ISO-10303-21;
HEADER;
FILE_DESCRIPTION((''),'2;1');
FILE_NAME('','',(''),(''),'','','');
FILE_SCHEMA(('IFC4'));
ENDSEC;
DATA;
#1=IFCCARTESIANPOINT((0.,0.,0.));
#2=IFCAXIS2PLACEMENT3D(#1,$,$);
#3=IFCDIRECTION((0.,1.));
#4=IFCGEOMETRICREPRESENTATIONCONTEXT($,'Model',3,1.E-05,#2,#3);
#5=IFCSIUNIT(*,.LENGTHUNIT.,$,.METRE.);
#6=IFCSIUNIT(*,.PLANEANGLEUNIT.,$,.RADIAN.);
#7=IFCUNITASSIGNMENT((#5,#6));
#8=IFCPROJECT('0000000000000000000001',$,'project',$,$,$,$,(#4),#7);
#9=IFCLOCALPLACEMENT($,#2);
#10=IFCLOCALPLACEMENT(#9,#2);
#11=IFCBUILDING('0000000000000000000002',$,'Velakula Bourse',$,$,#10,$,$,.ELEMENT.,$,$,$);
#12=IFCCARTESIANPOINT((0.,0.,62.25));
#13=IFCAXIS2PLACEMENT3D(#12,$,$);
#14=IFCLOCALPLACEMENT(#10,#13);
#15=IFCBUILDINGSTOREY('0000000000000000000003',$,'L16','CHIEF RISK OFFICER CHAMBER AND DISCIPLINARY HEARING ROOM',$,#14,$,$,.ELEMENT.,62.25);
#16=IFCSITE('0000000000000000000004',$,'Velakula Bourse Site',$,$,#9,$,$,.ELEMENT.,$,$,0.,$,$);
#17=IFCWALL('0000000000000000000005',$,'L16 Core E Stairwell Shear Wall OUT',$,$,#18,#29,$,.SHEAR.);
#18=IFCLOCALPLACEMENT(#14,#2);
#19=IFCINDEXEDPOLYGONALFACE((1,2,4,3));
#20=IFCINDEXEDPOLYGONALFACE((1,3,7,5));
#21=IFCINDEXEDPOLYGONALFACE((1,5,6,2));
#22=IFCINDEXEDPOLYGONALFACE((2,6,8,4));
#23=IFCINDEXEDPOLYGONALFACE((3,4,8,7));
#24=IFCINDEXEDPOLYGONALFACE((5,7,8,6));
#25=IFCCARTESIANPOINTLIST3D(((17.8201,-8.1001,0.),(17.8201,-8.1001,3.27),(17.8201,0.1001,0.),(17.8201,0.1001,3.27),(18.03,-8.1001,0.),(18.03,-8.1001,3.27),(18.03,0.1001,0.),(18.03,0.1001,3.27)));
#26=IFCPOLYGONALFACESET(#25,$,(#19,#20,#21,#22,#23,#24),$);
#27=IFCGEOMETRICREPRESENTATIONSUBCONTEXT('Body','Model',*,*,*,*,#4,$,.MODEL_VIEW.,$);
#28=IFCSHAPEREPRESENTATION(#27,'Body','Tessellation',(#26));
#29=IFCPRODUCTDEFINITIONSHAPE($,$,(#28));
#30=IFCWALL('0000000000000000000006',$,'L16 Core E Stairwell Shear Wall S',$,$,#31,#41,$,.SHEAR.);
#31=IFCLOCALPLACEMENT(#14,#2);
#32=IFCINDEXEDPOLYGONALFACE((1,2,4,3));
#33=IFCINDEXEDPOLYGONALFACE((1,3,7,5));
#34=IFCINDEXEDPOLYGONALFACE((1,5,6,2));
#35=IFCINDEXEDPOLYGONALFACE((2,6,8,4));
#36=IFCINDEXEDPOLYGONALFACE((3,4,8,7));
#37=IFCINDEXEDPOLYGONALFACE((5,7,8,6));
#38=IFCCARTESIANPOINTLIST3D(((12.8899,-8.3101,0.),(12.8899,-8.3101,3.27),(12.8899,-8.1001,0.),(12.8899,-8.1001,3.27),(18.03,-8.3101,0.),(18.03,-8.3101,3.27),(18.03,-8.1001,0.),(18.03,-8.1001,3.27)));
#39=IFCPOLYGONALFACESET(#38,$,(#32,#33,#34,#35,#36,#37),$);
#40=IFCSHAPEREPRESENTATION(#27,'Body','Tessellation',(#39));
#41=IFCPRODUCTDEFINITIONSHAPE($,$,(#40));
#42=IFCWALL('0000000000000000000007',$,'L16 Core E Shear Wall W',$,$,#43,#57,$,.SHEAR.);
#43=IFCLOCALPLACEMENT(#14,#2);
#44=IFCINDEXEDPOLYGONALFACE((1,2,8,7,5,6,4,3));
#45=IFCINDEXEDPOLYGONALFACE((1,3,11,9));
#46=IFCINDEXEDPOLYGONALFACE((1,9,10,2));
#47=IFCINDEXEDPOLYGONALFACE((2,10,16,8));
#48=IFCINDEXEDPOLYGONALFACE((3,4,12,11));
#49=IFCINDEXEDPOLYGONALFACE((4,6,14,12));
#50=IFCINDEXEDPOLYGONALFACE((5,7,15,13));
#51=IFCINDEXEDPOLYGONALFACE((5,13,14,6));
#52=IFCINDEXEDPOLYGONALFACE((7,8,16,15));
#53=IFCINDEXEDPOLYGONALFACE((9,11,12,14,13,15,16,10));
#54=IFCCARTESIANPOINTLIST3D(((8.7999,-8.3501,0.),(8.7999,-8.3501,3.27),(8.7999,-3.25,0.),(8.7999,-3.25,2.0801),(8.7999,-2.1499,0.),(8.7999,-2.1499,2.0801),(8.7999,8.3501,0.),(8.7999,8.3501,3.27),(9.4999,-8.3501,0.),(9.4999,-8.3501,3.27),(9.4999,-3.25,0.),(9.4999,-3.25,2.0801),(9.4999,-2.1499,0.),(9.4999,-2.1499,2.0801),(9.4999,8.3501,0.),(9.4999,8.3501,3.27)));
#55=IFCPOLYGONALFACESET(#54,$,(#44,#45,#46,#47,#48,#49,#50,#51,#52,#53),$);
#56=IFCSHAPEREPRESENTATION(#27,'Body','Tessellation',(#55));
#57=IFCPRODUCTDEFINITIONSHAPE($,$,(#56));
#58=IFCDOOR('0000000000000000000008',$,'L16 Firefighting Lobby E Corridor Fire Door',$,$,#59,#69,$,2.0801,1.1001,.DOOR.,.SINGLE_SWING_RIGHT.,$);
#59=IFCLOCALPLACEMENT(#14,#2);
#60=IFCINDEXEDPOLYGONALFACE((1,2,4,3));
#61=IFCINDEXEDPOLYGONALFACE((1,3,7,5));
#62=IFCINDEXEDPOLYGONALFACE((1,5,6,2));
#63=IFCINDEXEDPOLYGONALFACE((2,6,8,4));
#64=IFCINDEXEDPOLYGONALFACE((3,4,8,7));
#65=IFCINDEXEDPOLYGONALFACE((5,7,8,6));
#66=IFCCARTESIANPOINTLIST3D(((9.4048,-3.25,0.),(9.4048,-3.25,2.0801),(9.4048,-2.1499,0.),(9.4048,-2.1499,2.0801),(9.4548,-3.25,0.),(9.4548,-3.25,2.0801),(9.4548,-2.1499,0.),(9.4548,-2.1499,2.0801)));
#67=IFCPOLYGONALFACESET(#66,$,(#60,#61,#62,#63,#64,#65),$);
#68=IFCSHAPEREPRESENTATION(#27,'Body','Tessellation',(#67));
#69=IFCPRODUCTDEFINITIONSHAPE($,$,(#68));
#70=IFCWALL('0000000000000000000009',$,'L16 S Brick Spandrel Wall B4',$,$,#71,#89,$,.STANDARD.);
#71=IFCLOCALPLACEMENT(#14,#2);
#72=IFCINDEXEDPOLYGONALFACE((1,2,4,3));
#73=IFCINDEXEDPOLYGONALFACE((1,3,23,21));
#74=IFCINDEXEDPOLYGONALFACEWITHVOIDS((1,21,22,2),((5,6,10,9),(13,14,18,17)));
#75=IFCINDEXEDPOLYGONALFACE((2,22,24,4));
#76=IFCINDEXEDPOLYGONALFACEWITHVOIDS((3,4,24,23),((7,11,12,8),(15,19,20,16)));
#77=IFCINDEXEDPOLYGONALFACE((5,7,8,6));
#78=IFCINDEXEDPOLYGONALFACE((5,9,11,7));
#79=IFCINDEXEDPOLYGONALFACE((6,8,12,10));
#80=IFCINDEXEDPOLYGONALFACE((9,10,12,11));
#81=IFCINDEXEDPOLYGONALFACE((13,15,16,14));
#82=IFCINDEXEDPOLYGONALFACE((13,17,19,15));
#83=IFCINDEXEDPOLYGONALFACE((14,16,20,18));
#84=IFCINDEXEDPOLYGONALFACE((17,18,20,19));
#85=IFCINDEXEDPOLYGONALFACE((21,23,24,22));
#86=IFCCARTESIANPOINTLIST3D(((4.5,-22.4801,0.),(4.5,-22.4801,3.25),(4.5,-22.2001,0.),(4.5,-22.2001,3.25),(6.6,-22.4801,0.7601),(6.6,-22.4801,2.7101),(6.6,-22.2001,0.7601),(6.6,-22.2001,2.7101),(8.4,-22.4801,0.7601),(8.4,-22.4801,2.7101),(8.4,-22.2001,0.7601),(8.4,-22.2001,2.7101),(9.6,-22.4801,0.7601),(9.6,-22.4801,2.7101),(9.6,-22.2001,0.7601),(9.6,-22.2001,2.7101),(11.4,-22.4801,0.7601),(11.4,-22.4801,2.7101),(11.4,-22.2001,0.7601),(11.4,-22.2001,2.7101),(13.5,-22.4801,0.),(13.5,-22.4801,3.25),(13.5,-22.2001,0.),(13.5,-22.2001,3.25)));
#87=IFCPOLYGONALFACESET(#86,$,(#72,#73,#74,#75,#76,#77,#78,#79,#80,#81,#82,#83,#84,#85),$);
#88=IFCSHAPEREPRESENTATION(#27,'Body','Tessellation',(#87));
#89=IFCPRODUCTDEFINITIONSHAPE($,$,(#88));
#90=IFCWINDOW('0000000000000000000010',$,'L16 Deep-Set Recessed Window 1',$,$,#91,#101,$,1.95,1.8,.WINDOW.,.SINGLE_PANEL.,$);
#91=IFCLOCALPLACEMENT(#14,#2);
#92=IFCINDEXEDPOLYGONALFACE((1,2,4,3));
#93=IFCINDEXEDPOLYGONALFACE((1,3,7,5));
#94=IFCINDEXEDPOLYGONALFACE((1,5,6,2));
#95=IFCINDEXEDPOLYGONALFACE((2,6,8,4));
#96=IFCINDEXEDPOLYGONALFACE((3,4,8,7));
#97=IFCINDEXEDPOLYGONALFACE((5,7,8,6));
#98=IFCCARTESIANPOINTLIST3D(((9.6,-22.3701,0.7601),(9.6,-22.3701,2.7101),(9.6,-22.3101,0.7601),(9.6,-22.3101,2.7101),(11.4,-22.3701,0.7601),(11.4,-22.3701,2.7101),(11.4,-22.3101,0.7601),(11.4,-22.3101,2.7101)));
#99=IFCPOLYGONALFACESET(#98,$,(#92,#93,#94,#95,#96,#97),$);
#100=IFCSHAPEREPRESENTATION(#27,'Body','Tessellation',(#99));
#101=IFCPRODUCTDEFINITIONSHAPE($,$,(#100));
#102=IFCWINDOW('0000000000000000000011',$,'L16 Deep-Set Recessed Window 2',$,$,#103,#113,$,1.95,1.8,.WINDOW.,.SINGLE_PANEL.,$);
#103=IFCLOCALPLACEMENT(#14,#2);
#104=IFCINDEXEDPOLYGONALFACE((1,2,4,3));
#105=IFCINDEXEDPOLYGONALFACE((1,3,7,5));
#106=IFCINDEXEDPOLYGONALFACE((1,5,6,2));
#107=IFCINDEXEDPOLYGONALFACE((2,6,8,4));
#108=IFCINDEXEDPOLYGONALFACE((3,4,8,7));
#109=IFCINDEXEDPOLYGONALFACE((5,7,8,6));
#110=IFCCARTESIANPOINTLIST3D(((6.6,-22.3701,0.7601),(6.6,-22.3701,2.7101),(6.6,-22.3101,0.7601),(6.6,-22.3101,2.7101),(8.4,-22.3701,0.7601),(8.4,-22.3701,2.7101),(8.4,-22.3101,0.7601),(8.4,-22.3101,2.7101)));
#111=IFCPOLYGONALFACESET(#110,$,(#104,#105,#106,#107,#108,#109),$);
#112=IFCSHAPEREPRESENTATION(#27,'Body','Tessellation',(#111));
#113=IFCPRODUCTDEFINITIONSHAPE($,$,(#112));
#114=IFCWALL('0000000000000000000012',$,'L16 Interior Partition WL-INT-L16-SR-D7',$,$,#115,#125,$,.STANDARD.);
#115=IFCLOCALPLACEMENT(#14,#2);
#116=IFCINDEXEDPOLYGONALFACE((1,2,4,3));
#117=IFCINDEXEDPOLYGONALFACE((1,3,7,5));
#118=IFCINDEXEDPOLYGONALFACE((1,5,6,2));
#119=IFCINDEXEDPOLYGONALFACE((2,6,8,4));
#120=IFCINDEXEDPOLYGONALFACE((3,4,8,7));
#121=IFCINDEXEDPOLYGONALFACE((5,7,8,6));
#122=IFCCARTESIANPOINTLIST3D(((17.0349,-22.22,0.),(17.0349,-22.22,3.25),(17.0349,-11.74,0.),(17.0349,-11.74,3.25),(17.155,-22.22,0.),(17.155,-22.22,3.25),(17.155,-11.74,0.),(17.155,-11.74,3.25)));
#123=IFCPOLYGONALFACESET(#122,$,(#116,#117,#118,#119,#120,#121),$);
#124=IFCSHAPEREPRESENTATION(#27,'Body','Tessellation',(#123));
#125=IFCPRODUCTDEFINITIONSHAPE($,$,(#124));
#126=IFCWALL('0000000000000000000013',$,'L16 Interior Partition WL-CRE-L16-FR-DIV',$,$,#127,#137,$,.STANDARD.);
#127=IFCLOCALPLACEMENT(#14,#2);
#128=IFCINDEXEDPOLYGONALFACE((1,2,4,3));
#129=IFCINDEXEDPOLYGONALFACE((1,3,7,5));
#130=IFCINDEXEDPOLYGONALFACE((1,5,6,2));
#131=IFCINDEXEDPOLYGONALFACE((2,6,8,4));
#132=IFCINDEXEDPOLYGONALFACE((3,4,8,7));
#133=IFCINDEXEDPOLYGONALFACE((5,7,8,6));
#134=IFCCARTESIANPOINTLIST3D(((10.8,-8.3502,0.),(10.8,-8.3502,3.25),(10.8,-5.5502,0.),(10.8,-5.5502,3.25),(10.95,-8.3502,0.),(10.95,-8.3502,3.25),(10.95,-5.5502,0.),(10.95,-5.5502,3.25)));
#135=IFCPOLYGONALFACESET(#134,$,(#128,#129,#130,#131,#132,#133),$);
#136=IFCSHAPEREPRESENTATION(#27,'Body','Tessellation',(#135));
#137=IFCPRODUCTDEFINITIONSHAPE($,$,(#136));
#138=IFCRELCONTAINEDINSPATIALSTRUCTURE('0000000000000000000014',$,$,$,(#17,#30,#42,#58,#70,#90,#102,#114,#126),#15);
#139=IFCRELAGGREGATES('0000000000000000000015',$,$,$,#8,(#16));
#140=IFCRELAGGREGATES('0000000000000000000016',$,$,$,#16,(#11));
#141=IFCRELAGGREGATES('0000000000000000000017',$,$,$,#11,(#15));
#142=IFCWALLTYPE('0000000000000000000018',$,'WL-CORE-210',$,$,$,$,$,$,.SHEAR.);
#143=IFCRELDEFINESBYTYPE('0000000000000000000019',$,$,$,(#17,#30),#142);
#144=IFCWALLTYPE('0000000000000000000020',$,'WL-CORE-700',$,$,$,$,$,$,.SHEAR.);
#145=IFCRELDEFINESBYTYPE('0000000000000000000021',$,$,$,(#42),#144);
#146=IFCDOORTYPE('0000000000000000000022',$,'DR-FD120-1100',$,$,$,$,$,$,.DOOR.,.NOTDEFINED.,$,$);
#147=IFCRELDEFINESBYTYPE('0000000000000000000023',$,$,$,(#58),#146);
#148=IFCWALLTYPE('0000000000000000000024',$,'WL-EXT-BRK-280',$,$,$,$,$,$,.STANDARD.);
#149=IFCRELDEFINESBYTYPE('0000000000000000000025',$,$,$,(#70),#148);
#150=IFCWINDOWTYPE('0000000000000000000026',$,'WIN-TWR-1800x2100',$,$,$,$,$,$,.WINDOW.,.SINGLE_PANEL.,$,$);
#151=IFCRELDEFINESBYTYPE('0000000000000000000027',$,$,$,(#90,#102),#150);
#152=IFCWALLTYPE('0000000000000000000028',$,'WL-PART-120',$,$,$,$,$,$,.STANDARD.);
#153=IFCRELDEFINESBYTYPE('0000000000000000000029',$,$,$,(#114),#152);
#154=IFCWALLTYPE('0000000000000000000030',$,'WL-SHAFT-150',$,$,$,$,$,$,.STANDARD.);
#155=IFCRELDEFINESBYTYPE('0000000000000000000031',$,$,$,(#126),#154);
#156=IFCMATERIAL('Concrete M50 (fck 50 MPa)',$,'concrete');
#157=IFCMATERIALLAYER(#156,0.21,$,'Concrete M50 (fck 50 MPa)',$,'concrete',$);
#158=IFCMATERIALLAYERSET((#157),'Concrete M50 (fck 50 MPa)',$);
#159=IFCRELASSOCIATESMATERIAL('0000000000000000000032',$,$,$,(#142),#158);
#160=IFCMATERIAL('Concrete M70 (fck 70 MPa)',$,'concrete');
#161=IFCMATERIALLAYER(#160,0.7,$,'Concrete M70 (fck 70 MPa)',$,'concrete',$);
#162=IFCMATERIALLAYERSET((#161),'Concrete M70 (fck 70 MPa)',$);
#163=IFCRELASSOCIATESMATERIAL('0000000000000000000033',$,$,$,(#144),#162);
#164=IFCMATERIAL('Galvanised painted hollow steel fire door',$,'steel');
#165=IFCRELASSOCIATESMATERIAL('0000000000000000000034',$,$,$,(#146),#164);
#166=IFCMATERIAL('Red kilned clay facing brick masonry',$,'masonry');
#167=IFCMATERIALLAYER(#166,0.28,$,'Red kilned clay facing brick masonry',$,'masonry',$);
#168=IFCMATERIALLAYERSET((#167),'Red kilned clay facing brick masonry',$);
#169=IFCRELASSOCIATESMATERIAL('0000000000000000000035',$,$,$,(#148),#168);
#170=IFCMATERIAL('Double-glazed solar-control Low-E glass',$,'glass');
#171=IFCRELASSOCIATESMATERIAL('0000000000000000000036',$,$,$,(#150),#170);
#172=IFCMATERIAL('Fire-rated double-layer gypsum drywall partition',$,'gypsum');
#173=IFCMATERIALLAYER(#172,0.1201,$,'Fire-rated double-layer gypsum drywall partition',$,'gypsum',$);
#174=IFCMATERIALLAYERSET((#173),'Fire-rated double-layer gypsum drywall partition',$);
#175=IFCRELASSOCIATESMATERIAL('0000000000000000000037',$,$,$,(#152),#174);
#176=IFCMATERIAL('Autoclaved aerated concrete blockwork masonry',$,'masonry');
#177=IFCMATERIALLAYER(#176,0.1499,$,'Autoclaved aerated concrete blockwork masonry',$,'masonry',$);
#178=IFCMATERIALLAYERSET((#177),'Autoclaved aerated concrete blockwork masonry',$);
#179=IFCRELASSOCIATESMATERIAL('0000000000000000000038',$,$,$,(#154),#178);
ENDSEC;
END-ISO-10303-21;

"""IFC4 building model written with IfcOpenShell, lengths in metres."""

from ifc_helpers import new_model, si_unit, direction, frame, frame_2d, origin, place, context, subcontext, project, spatial, rectangle, extrude, material, layer, layer_set, type_object, element, fill, save


model = new_model("IFC4")

# Units and contexts
model_context = context("Model", 3, precision=1e-05, world=origin(), true_north=direction((0.0, 1.0)))
body_context = subcontext(model_context, "Body", "Model", "MODEL_VIEW")
ifc_project = project(units=[si_unit("LENGTHUNIT", "METRE"), si_unit("PLANEANGLEUNIT", "RADIAN")], contexts=[model_context])

# Site, building, storey
site_placement = place(None, origin())
site = spatial("IfcSite", under=ifc_project, at=site_placement, Name="Velakula Bourse Site", CompositionType="ELEMENT", RefElevation=0.0)
building_placement = place(site_placement, origin())
building = spatial("IfcBuilding", under=site, at=building_placement, Name="Velakula Bourse", CompositionType="ELEMENT")
storey_placement = place(building_placement, frame((0.0, 0.0, 62.25)))
storey = spatial("IfcBuildingStorey", under=building, at=storey_placement, Name="L16", Description="CHIEF RISK OFFICER CHAMBER AND DISCIPLINARY HEARING ROOM", CompositionType="ELEMENT", Elevation=62.25)

# Shared definitions
ifc_material_1 = material(Name="Concrete M50 (fck 50 MPa)", Category="concrete")
ifc_layer_1 = layer(ifc_material_1, 0.21, Name="Concrete M50 (fck 50 MPa)", Category="concrete")
ifc_layer_set_1 = layer_set([ifc_layer_1], Name="Concrete M50 (fck 50 MPa)")
wall_type_1 = type_object("IfcWallType", Name="WL-CORE-210", PredefinedType="SHEAR", material=ifc_layer_set_1)
ifc_material_2 = material(Name="Galvanised painted hollow steel fire door", Category="steel")

# Walls
wall_1_placement = place(storey_placement, frame((17.925, -8.1001, 0.0), z_axis=(0.0, 0.0, 1.0), x_axis=(0.0, 1.0, 0.0)))
element("IfcWall", 1, at=wall_1_placement, inside=storey, type_object=wall_type_1, Name="L16 Core E Stairwell Shear Wall OUT", PredefinedType="SHEAR", context=body_context, shape_type="SweptSolid", body=[
    extrude(rectangle(XDim=8.2002, YDim=0.21, at=frame_2d((4.1001, 0.0))), origin(), (0.0, 0.0, 1.0), 3.27),
])
wall_2_placement = place(storey_placement, frame((12.8899, -8.2051, 0.0), z_axis=(0.0, 0.0, 1.0), x_axis=(1.0, 0.0, 0.0)))
element("IfcWall", 2, at=wall_2_placement, inside=storey, type_object=wall_type_1, Name="L16 Core E Stairwell Shear Wall S", PredefinedType="SHEAR", context=body_context, shape_type="SweptSolid", body=[
    extrude(rectangle(XDim=5.1401, YDim=0.21, at=frame_2d((2.5701, 0.0))), origin(), (0.0, 0.0, 1.0), 3.27),
])

# Wall, opening, door
ifc_material_3 = material(Name="Concrete M70 (fck 70 MPa)", Category="concrete")
ifc_layer_2 = layer(ifc_material_3, 0.7, Name="Concrete M70 (fck 70 MPa)", Category="concrete")
ifc_layer_set_2 = layer_set([ifc_layer_2], Name="Concrete M70 (fck 70 MPa)")
wall_type_2 = type_object("IfcWallType", Name="WL-CORE-700", PredefinedType="SHEAR", material=ifc_layer_set_2)
wall_3_placement = place(storey_placement, frame((9.1499, -8.3501, 0.0), z_axis=(0.0, 0.0, 1.0), x_axis=(0.0, 1.0, 0.0)))
wall_3 = element("IfcWall", 3, at=wall_3_placement, inside=storey, type_object=wall_type_2, Name="L16 Core E Shear Wall W", PredefinedType="SHEAR", context=body_context, shape_type="SweptSolid", body=[
    extrude(rectangle(XDim=16.7002, YDim=0.7, at=frame_2d((8.3501, 0.0))), origin(), (0.0, 0.0, 1.0), 3.27),
])
opening_1_placement = place(wall_3_placement, frame((5.1001, 0.0, 0.0)))
opening_1 = element("IfcOpeningElement", 4, at=opening_1_placement, cuts=wall_3, PredefinedType="OPENING", context=body_context, shape_type="SweptSolid", body=[
    extrude(rectangle(XDim=1.1001, YDim=2.0801, at=frame_2d((0.55, 1.04))), frame((0.0, 0.3599, 0.0), z_axis=(0.0, -1.0, 0.0), x_axis=(1.0, 0.0, 0.0)), (0.0, 0.0, 1.0), 0.72),
])
door_type_1 = type_object("IfcDoorType", Name="DR-FD120-1100", OperationType="NOTDEFINED", PredefinedType="DOOR", material=ifc_material_2)
door_1_placement = place(opening_1_placement, origin())
door_1 = element("IfcDoor", 5, at=door_1_placement, inside=storey, type_object=door_type_1, Name="L16 Firefighting Lobby E Corridor Fire Door", OperationType="SINGLE_SWING_RIGHT", OverallHeight=2.0801, OverallWidth=1.1001, PredefinedType="DOOR", context=body_context, shape_type="SweptSolid", body=[
    extrude(rectangle(XDim=1.1001, YDim=2.0801, at=frame_2d((0.55, 1.04))), frame((0.0, -0.2549, 0.0), z_axis=(0.0, -1.0, 0.0), x_axis=(1.0, 0.0, 0.0)), (0.0, 0.0, 1.0), 0.05),
])
fill(opening_1, door_1)

# Wall, openings, windows
ifc_material_4 = material(Name="Red kilned clay facing brick masonry", Category="masonry")
ifc_layer_3 = layer(ifc_material_4, 0.28, Name="Red kilned clay facing brick masonry", Category="masonry")
ifc_layer_set_3 = layer_set([ifc_layer_3], Name="Red kilned clay facing brick masonry")
wall_type_3 = type_object("IfcWallType", Name="WL-EXT-BRK-280", PredefinedType="STANDARD", material=ifc_layer_set_3)
wall_4_placement = place(storey_placement, frame((13.5, -22.3401, 0.0), z_axis=(0.0, 0.0, 1.0), x_axis=(-1.0, 0.0, 0.0)))
wall_4 = element("IfcWall", 6, at=wall_4_placement, inside=storey, type_object=wall_type_3, Name="L16 S Brick Spandrel Wall B4", PredefinedType="STANDARD", context=body_context, shape_type="SweptSolid", body=[
    extrude(rectangle(XDim=9.0, YDim=0.28, at=frame_2d((4.5, 0.0))), origin(), (0.0, 0.0, 1.0), 3.25),
])
opening_2_placement = place(wall_4_placement, frame((2.1001, 0.0, 0.76)))
opening_2 = element("IfcOpeningElement", 7, at=opening_2_placement, cuts=wall_4, PredefinedType="OPENING", context=body_context, shape_type="SweptSolid", body=[
    extrude(rectangle(XDim=1.8, YDim=1.95, at=frame_2d((0.8999, 0.9751))), frame((0.0, 0.1499, 0.0), z_axis=(0.0, -1.0, 0.0), x_axis=(1.0, 0.0, 0.0)), (0.0, 0.0, 1.0), 0.3),
])
opening_3_placement = place(wall_4_placement, frame((5.1001, 0.0, 0.76)))
opening_3 = element("IfcOpeningElement", 8, at=opening_3_placement, cuts=wall_4, PredefinedType="OPENING", context=body_context, shape_type="SweptSolid", body=[
    extrude(rectangle(XDim=1.8, YDim=1.95, at=frame_2d((0.8999, 0.9751))), frame((0.0, 0.1499, 0.0), z_axis=(0.0, -1.0, 0.0), x_axis=(1.0, 0.0, 0.0)), (0.0, 0.0, 1.0), 0.3),
])
ifc_material_5 = material(Name="Double-glazed solar-control Low-E glass", Category="glass")
window_type = type_object("IfcWindowType", Name="WIN-TWR-1800x2100", PartitioningType="SINGLE_PANEL", PredefinedType="WINDOW", material=ifc_material_5)
window_1_placement = place(opening_2_placement, origin())
window_1 = element("IfcWindow", 9, at=window_1_placement, inside=storey, type_object=window_type, Name="L16 Deep-Set Recessed Window 1", OverallHeight=1.95, OverallWidth=1.8, PartitioningType="SINGLE_PANEL", PredefinedType="WINDOW", context=body_context, shape_type="SweptSolid", body=[
    extrude(rectangle(XDim=1.8, YDim=1.95, at=frame_2d((0.8999, 0.9751))), frame((0.0, 0.03, 0.0), z_axis=(0.0, -1.0, 0.0), x_axis=(1.0, 0.0, 0.0)), (0.0, 0.0, 1.0), 0.0601),
])
fill(opening_2, window_1)
window_2_placement = place(opening_3_placement, origin())
window_2 = element("IfcWindow", 10, at=window_2_placement, inside=storey, type_object=window_type, Name="L16 Deep-Set Recessed Window 2", OverallHeight=1.95, OverallWidth=1.8, PartitioningType="SINGLE_PANEL", PredefinedType="WINDOW", context=body_context, shape_type="SweptSolid", body=[
    extrude(rectangle(XDim=1.8, YDim=1.95, at=frame_2d((0.8999, 0.9751))), frame((0.0, 0.03, 0.0), z_axis=(0.0, -1.0, 0.0), x_axis=(1.0, 0.0, 0.0)), (0.0, 0.0, 1.0), 0.0601),
])
fill(opening_3, window_2)

# Wall
ifc_material_6 = material(Name="Fire-rated double-layer gypsum drywall partition", Category="gypsum")
ifc_layer_4 = layer(ifc_material_6, 0.1201, Name="Fire-rated double-layer gypsum drywall partition", Category="gypsum")
ifc_layer_set_4 = layer_set([ifc_layer_4], Name="Fire-rated double-layer gypsum drywall partition")
wall_type_4 = type_object("IfcWallType", Name="WL-PART-120", PredefinedType="STANDARD", material=ifc_layer_set_4)
wall_5_placement = place(storey_placement, frame((17.095, -22.22, 0.0), z_axis=(0.0, 0.0, 1.0), x_axis=(0.0, 1.0, 0.0)))
element("IfcWall", 11, at=wall_5_placement, inside=storey, type_object=wall_type_4, Name="L16 Interior Partition WL-INT-L16-SR-D7", PredefinedType="STANDARD", context=body_context, shape_type="SweptSolid", body=[
    extrude(rectangle(XDim=10.48, YDim=0.1201, at=frame_2d((5.24, 0.0))), origin(), (0.0, 0.0, 1.0), 3.25),
])

# Shared definitions
ifc_material_7 = material(Name="Autoclaved aerated concrete blockwork masonry", Category="masonry")
ifc_layer_5 = layer(ifc_material_7, 0.1499, Name="Autoclaved aerated concrete blockwork masonry", Category="masonry")
ifc_layer_set_5 = layer_set([ifc_layer_5], Name="Autoclaved aerated concrete blockwork masonry")
wall_type_5 = type_object("IfcWallType", Name="WL-SHAFT-150", PredefinedType="STANDARD", material=ifc_layer_set_5)

# Wall
wall_6_placement = place(storey_placement, frame((10.875, -8.3501, 0.0), z_axis=(0.0, 0.0, 1.0), x_axis=(0.0, 1.0, 0.0)))
element("IfcWall", 12, at=wall_6_placement, inside=storey, type_object=wall_type_5, Name="L16 Interior Partition WL-CRE-L16-FR-DIV", PredefinedType="STANDARD", context=body_context, shape_type="SweptSolid", body=[
    extrude(rectangle(XDim=2.8, YDim=0.1499, at=frame_2d((1.3999, 0.0))), origin(), (0.0, 0.0, 1.0), 3.25),
])

save(model, "model.ifc")
